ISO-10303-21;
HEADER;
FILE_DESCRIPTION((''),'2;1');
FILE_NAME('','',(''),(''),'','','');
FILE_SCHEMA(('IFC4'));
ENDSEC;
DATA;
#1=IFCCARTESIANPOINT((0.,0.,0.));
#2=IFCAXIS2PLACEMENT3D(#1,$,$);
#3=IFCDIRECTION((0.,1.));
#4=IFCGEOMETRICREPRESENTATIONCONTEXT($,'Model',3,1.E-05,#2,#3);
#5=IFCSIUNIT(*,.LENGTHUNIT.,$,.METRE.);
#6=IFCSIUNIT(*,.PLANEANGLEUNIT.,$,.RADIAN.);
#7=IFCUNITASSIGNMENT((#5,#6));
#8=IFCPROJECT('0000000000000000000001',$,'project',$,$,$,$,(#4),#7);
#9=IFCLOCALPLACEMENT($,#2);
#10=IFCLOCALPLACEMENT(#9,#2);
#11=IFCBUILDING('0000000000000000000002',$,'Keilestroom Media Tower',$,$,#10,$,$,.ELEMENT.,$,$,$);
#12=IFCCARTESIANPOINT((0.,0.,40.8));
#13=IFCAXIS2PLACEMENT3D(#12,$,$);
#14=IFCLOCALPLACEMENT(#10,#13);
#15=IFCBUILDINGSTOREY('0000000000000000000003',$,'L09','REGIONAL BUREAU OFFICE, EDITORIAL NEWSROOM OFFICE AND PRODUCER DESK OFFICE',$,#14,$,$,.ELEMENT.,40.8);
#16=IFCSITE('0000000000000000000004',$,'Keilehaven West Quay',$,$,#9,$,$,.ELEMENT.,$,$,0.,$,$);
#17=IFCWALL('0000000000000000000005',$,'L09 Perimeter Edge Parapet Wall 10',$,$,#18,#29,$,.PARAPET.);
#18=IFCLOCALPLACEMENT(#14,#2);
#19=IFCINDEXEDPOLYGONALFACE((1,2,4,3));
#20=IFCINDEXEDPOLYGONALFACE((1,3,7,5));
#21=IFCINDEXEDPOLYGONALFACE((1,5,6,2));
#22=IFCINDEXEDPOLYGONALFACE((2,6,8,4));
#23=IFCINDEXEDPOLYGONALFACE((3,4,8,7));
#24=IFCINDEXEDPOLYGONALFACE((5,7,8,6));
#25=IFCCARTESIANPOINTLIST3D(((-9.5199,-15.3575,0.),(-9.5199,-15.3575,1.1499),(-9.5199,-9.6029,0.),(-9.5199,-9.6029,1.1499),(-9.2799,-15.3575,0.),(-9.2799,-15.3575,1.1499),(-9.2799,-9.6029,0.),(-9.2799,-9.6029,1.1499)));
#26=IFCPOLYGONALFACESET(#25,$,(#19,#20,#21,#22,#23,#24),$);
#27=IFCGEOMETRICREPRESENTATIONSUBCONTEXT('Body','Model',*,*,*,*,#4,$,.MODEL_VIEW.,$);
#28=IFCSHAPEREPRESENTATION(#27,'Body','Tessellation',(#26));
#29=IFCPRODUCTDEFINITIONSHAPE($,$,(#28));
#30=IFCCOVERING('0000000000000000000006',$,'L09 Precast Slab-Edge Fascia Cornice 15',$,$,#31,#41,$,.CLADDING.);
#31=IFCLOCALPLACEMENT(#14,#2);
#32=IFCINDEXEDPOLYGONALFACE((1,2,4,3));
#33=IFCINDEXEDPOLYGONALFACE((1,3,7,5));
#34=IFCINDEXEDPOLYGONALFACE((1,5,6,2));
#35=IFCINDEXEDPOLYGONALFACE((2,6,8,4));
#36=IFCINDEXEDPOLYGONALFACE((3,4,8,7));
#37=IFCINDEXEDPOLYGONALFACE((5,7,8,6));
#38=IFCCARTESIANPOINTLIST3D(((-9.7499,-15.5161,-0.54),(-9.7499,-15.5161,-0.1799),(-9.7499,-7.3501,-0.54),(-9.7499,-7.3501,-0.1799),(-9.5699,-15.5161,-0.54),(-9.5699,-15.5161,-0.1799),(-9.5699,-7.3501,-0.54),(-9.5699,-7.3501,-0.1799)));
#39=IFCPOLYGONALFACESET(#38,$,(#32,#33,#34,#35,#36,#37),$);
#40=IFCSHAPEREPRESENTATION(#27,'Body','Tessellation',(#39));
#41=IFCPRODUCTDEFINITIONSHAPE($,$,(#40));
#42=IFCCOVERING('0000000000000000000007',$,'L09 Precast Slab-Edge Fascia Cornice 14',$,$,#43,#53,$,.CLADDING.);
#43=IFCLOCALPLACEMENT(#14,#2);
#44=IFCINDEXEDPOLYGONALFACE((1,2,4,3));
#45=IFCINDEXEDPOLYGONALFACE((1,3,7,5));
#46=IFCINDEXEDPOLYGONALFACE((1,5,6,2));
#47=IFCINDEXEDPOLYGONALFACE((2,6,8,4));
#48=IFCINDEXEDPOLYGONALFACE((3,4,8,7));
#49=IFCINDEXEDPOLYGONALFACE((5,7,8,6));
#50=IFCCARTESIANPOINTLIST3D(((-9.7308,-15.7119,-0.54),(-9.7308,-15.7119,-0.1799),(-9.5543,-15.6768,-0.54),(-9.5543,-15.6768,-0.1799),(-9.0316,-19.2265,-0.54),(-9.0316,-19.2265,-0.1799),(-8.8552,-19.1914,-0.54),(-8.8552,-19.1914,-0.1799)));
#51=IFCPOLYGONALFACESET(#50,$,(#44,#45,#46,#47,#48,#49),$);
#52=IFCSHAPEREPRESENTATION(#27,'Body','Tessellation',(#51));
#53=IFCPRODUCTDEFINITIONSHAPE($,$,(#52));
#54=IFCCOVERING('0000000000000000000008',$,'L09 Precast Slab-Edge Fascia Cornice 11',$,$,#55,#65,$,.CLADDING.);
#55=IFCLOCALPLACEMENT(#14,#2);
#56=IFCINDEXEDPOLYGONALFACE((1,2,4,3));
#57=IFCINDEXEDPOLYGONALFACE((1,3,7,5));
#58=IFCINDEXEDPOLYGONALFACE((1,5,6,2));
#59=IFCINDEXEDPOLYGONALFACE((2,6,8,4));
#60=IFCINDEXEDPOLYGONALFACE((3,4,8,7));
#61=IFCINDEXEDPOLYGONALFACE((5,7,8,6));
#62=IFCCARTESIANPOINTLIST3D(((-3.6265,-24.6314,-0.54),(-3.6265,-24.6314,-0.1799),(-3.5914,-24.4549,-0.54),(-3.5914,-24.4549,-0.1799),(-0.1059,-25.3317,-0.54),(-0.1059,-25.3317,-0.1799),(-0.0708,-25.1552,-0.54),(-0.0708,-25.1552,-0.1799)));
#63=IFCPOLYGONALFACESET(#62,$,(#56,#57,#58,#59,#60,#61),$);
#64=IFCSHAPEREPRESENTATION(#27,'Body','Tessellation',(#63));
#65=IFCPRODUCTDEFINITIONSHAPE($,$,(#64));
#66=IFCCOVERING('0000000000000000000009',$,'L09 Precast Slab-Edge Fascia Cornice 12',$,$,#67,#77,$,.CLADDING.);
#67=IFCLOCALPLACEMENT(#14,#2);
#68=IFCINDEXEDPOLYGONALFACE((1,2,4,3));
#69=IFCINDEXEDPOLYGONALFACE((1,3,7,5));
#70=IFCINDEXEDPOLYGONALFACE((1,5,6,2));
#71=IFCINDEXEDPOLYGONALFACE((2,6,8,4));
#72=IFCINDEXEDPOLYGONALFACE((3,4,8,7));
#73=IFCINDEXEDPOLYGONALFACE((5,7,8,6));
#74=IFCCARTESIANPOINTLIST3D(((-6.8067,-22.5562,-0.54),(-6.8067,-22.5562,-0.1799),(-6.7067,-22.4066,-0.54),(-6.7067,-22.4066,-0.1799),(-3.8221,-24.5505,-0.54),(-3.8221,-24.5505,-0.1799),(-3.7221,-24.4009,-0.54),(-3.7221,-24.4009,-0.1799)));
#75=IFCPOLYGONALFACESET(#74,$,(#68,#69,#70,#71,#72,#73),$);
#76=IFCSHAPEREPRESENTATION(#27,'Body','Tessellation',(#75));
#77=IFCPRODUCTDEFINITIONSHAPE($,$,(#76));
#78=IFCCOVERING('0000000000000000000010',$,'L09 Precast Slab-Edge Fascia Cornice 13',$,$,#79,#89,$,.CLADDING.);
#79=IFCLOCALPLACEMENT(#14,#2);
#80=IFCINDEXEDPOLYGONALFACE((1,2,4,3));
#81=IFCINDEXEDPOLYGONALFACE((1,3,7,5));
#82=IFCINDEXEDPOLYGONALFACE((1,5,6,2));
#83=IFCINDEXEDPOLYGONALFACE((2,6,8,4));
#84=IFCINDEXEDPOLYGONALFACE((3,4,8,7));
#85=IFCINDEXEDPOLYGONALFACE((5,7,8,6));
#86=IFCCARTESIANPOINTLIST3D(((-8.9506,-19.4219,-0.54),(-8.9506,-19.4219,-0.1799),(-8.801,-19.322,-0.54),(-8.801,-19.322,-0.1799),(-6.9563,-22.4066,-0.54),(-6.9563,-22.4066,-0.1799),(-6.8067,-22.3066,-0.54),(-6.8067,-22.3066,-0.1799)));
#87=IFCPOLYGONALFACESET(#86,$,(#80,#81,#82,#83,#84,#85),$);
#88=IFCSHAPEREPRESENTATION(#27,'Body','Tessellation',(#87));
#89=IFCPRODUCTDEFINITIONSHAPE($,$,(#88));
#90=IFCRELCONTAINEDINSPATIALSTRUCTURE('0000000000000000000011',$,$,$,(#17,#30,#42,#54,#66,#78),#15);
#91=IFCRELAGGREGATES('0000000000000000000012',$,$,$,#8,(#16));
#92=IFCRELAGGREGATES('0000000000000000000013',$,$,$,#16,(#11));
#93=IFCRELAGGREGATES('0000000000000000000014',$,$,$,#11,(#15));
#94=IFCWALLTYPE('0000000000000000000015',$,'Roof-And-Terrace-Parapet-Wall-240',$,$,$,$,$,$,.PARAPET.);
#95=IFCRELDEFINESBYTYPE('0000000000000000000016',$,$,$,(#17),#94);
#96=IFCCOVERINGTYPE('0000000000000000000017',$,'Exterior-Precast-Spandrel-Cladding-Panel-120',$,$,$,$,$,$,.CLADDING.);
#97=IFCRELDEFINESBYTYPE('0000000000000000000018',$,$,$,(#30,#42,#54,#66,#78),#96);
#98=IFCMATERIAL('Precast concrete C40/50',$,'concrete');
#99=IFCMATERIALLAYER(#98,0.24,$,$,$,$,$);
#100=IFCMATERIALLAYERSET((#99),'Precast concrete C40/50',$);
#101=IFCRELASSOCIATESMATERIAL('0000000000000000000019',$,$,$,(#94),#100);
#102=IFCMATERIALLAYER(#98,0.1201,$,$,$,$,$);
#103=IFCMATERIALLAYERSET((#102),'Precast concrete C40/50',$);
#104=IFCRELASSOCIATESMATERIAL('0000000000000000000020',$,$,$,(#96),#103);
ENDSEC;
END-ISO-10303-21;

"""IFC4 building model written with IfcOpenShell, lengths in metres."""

from ifc_helpers import new_model, si_unit, direction, frame, frame_2d, origin, origin_2d, place, context, subcontext, project, spatial, rectangle, extrude, source, transform, mapped, material, layer, layer_set, type_object, element, save


model = new_model("IFC4")

# Units and contexts
model_context = context("Model", 3, precision=1e-05, world=origin(), true_north=direction((0.0, 1.0)))
body_context = subcontext(model_context, "Body", "Model", "MODEL_VIEW")
ifc_project = project(units=[si_unit("LENGTHUNIT", "METRE"), si_unit("PLANEANGLEUNIT", "RADIAN")], contexts=[model_context])

# Site, building, storey
site_placement = place(None, origin())
site = spatial("IfcSite", under=ifc_project, at=site_placement, Name="Keilehaven West Quay", CompositionType="ELEMENT", RefElevation=0.0)
building_placement = place(site_placement, origin())
building = spatial("IfcBuilding", under=site, at=building_placement, Name="Keilestroom Media Tower", CompositionType="ELEMENT")
storey_placement = place(building_placement, frame((0.0, 0.0, 40.8)))
storey = spatial("IfcBuildingStorey", under=building, at=storey_placement, Name="L09", Description="REGIONAL BUREAU OFFICE, EDITORIAL NEWSROOM OFFICE AND PRODUCER DESK OFFICE", CompositionType="ELEMENT", Elevation=40.8)

# Wall
ifc_material_1 = material(Name="Precast concrete C40/50", Category="concrete")
ifc_layer_1 = layer(ifc_material_1, 0.24)
ifc_layer_set_1 = layer_set([ifc_layer_1], Name="Precast concrete C40/50")
wall_type_1 = type_object("IfcWallType", Name="Roof-And-Terrace-Parapet-Wall-240", PredefinedType="PARAPET", material=ifc_layer_set_1)
wall_1_placement = place(storey_placement, frame((-9.3999, -15.3577, 0.0), z_axis=(0.0, 0.0, 1.0), x_axis=(0.0, 1.0, 0.0)))
element("IfcWall", 1, at=wall_1_placement, inside=storey, type_object=wall_type_1, Name="L09 Perimeter Edge Parapet Wall 10", PredefinedType="PARAPET", context=body_context, shape_type="SweptSolid", body=[
    extrude(rectangle(XDim=5.7546, YDim=0.24, at=frame_2d((2.8774, 0.0))), origin(), (0.0, 0.0, 1.0), 1.1499),
])

# Coverings
ifc_layer_2 = layer(ifc_material_1, 0.1201)
ifc_layer_set_2 = layer_set([ifc_layer_2], Name="Precast concrete C40/50")
covering_type = type_object("IfcCoveringType", Name="Exterior-Precast-Spandrel-Cladding-Panel-120", PredefinedType="CLADDING", material=ifc_layer_set_2)
shared_shape_1 = source(origin(), body_context, "Body", "SweptSolid", [
    extrude(rectangle(XDim=8.166, YDim=0.1799, at=origin_2d()), origin(), (0.0, 0.0, 1.0), 0.3601),
])
covering_1_placement = place(storey_placement, frame((-9.6599, -11.4331, -0.54), z_axis=(0.0, 0.0, 1.0), x_axis=(0.0, 1.0, 0.0)))
element("IfcCovering", 2, at=covering_1_placement, inside=storey, type_object=covering_type, Name="L09 Precast Slab-Edge Fascia Cornice 15", PredefinedType="CLADDING", context=body_context, shape_type="MappedRepresentation", body=[
    mapped(shared_shape_1, transform((0.0, 0.0, 0.0), x_axis=(1.0, 0.0, 0.0), y_axis=(0.0, 1.0, 0.0), z_axis=(0.0, 0.0, 1.0), scale=1.0)),
])
shared_shape_2 = source(origin(), body_context, "Body", "SweptSolid", [
    extrude(rectangle(XDim=3.5835, YDim=0.1799, at=origin_2d()), origin(), (0.0, 0.0, 1.0), 0.3601),
])
covering_2_placement = place(storey_placement, frame((-9.293, -17.4517, -0.54), z_axis=(0.0, 0.0, 1.0), x_axis=(-0.195099, 0.980784, 0.0)))
element("IfcCovering", 3, at=covering_2_placement, inside=storey, type_object=covering_type, Name="L09 Precast Slab-Edge Fascia Cornice 14", PredefinedType="CLADDING", context=body_context, shape_type="MappedRepresentation", body=[
    mapped(shared_shape_2, transform((0.0, 0.0, 0.0), x_axis=(1.0, 0.0, 0.0), y_axis=(0.0, 1.0, 0.0), z_axis=(0.0, 0.0, 1.0), scale=1.0)),
])
shared_shape_3 = source(origin(), body_context, "Body", "SweptSolid", [
    extrude(rectangle(XDim=3.5896, YDim=0.1799, at=origin_2d()), origin(), (0.0, 0.0, 1.0), 0.3601),
])
for number, where, z_axis, x_axis, name in (
    (4, (-1.8486, -24.8933, -0.54), (0.0, 0.0, 1.0), (-0.980784, 0.195099, 0.0), "L09 Precast Slab-Edge Fascia Cornice 11"),
    (5, (-5.2644, -23.4785, -0.54), (0.0, 0.0, 1.0), (-0.831467, 0.555575, 0.0), "L09 Precast Slab-Edge Fascia Cornice 12"),
    (6, (-7.8787, -20.8643, -0.54), (0.0, 0.0, 1.0), (-0.555575, 0.831467, 0.0), "L09 Precast Slab-Edge Fascia Cornice 13"),
):
    element("IfcCovering", number, at=place(storey_placement, frame(where, z_axis=z_axis, x_axis=x_axis)), inside=storey, type_object=covering_type, Name=name, PredefinedType="CLADDING", context=body_context, shape_type="MappedRepresentation", body=[
        mapped(shared_shape_3, transform((0.0, 0.0, 0.0), x_axis=(1.0, 0.0, 0.0), y_axis=(0.0, 1.0, 0.0), z_axis=(0.0, 0.0, 1.0), scale=1.0)),
    ])

save(model, "model.ifc")
